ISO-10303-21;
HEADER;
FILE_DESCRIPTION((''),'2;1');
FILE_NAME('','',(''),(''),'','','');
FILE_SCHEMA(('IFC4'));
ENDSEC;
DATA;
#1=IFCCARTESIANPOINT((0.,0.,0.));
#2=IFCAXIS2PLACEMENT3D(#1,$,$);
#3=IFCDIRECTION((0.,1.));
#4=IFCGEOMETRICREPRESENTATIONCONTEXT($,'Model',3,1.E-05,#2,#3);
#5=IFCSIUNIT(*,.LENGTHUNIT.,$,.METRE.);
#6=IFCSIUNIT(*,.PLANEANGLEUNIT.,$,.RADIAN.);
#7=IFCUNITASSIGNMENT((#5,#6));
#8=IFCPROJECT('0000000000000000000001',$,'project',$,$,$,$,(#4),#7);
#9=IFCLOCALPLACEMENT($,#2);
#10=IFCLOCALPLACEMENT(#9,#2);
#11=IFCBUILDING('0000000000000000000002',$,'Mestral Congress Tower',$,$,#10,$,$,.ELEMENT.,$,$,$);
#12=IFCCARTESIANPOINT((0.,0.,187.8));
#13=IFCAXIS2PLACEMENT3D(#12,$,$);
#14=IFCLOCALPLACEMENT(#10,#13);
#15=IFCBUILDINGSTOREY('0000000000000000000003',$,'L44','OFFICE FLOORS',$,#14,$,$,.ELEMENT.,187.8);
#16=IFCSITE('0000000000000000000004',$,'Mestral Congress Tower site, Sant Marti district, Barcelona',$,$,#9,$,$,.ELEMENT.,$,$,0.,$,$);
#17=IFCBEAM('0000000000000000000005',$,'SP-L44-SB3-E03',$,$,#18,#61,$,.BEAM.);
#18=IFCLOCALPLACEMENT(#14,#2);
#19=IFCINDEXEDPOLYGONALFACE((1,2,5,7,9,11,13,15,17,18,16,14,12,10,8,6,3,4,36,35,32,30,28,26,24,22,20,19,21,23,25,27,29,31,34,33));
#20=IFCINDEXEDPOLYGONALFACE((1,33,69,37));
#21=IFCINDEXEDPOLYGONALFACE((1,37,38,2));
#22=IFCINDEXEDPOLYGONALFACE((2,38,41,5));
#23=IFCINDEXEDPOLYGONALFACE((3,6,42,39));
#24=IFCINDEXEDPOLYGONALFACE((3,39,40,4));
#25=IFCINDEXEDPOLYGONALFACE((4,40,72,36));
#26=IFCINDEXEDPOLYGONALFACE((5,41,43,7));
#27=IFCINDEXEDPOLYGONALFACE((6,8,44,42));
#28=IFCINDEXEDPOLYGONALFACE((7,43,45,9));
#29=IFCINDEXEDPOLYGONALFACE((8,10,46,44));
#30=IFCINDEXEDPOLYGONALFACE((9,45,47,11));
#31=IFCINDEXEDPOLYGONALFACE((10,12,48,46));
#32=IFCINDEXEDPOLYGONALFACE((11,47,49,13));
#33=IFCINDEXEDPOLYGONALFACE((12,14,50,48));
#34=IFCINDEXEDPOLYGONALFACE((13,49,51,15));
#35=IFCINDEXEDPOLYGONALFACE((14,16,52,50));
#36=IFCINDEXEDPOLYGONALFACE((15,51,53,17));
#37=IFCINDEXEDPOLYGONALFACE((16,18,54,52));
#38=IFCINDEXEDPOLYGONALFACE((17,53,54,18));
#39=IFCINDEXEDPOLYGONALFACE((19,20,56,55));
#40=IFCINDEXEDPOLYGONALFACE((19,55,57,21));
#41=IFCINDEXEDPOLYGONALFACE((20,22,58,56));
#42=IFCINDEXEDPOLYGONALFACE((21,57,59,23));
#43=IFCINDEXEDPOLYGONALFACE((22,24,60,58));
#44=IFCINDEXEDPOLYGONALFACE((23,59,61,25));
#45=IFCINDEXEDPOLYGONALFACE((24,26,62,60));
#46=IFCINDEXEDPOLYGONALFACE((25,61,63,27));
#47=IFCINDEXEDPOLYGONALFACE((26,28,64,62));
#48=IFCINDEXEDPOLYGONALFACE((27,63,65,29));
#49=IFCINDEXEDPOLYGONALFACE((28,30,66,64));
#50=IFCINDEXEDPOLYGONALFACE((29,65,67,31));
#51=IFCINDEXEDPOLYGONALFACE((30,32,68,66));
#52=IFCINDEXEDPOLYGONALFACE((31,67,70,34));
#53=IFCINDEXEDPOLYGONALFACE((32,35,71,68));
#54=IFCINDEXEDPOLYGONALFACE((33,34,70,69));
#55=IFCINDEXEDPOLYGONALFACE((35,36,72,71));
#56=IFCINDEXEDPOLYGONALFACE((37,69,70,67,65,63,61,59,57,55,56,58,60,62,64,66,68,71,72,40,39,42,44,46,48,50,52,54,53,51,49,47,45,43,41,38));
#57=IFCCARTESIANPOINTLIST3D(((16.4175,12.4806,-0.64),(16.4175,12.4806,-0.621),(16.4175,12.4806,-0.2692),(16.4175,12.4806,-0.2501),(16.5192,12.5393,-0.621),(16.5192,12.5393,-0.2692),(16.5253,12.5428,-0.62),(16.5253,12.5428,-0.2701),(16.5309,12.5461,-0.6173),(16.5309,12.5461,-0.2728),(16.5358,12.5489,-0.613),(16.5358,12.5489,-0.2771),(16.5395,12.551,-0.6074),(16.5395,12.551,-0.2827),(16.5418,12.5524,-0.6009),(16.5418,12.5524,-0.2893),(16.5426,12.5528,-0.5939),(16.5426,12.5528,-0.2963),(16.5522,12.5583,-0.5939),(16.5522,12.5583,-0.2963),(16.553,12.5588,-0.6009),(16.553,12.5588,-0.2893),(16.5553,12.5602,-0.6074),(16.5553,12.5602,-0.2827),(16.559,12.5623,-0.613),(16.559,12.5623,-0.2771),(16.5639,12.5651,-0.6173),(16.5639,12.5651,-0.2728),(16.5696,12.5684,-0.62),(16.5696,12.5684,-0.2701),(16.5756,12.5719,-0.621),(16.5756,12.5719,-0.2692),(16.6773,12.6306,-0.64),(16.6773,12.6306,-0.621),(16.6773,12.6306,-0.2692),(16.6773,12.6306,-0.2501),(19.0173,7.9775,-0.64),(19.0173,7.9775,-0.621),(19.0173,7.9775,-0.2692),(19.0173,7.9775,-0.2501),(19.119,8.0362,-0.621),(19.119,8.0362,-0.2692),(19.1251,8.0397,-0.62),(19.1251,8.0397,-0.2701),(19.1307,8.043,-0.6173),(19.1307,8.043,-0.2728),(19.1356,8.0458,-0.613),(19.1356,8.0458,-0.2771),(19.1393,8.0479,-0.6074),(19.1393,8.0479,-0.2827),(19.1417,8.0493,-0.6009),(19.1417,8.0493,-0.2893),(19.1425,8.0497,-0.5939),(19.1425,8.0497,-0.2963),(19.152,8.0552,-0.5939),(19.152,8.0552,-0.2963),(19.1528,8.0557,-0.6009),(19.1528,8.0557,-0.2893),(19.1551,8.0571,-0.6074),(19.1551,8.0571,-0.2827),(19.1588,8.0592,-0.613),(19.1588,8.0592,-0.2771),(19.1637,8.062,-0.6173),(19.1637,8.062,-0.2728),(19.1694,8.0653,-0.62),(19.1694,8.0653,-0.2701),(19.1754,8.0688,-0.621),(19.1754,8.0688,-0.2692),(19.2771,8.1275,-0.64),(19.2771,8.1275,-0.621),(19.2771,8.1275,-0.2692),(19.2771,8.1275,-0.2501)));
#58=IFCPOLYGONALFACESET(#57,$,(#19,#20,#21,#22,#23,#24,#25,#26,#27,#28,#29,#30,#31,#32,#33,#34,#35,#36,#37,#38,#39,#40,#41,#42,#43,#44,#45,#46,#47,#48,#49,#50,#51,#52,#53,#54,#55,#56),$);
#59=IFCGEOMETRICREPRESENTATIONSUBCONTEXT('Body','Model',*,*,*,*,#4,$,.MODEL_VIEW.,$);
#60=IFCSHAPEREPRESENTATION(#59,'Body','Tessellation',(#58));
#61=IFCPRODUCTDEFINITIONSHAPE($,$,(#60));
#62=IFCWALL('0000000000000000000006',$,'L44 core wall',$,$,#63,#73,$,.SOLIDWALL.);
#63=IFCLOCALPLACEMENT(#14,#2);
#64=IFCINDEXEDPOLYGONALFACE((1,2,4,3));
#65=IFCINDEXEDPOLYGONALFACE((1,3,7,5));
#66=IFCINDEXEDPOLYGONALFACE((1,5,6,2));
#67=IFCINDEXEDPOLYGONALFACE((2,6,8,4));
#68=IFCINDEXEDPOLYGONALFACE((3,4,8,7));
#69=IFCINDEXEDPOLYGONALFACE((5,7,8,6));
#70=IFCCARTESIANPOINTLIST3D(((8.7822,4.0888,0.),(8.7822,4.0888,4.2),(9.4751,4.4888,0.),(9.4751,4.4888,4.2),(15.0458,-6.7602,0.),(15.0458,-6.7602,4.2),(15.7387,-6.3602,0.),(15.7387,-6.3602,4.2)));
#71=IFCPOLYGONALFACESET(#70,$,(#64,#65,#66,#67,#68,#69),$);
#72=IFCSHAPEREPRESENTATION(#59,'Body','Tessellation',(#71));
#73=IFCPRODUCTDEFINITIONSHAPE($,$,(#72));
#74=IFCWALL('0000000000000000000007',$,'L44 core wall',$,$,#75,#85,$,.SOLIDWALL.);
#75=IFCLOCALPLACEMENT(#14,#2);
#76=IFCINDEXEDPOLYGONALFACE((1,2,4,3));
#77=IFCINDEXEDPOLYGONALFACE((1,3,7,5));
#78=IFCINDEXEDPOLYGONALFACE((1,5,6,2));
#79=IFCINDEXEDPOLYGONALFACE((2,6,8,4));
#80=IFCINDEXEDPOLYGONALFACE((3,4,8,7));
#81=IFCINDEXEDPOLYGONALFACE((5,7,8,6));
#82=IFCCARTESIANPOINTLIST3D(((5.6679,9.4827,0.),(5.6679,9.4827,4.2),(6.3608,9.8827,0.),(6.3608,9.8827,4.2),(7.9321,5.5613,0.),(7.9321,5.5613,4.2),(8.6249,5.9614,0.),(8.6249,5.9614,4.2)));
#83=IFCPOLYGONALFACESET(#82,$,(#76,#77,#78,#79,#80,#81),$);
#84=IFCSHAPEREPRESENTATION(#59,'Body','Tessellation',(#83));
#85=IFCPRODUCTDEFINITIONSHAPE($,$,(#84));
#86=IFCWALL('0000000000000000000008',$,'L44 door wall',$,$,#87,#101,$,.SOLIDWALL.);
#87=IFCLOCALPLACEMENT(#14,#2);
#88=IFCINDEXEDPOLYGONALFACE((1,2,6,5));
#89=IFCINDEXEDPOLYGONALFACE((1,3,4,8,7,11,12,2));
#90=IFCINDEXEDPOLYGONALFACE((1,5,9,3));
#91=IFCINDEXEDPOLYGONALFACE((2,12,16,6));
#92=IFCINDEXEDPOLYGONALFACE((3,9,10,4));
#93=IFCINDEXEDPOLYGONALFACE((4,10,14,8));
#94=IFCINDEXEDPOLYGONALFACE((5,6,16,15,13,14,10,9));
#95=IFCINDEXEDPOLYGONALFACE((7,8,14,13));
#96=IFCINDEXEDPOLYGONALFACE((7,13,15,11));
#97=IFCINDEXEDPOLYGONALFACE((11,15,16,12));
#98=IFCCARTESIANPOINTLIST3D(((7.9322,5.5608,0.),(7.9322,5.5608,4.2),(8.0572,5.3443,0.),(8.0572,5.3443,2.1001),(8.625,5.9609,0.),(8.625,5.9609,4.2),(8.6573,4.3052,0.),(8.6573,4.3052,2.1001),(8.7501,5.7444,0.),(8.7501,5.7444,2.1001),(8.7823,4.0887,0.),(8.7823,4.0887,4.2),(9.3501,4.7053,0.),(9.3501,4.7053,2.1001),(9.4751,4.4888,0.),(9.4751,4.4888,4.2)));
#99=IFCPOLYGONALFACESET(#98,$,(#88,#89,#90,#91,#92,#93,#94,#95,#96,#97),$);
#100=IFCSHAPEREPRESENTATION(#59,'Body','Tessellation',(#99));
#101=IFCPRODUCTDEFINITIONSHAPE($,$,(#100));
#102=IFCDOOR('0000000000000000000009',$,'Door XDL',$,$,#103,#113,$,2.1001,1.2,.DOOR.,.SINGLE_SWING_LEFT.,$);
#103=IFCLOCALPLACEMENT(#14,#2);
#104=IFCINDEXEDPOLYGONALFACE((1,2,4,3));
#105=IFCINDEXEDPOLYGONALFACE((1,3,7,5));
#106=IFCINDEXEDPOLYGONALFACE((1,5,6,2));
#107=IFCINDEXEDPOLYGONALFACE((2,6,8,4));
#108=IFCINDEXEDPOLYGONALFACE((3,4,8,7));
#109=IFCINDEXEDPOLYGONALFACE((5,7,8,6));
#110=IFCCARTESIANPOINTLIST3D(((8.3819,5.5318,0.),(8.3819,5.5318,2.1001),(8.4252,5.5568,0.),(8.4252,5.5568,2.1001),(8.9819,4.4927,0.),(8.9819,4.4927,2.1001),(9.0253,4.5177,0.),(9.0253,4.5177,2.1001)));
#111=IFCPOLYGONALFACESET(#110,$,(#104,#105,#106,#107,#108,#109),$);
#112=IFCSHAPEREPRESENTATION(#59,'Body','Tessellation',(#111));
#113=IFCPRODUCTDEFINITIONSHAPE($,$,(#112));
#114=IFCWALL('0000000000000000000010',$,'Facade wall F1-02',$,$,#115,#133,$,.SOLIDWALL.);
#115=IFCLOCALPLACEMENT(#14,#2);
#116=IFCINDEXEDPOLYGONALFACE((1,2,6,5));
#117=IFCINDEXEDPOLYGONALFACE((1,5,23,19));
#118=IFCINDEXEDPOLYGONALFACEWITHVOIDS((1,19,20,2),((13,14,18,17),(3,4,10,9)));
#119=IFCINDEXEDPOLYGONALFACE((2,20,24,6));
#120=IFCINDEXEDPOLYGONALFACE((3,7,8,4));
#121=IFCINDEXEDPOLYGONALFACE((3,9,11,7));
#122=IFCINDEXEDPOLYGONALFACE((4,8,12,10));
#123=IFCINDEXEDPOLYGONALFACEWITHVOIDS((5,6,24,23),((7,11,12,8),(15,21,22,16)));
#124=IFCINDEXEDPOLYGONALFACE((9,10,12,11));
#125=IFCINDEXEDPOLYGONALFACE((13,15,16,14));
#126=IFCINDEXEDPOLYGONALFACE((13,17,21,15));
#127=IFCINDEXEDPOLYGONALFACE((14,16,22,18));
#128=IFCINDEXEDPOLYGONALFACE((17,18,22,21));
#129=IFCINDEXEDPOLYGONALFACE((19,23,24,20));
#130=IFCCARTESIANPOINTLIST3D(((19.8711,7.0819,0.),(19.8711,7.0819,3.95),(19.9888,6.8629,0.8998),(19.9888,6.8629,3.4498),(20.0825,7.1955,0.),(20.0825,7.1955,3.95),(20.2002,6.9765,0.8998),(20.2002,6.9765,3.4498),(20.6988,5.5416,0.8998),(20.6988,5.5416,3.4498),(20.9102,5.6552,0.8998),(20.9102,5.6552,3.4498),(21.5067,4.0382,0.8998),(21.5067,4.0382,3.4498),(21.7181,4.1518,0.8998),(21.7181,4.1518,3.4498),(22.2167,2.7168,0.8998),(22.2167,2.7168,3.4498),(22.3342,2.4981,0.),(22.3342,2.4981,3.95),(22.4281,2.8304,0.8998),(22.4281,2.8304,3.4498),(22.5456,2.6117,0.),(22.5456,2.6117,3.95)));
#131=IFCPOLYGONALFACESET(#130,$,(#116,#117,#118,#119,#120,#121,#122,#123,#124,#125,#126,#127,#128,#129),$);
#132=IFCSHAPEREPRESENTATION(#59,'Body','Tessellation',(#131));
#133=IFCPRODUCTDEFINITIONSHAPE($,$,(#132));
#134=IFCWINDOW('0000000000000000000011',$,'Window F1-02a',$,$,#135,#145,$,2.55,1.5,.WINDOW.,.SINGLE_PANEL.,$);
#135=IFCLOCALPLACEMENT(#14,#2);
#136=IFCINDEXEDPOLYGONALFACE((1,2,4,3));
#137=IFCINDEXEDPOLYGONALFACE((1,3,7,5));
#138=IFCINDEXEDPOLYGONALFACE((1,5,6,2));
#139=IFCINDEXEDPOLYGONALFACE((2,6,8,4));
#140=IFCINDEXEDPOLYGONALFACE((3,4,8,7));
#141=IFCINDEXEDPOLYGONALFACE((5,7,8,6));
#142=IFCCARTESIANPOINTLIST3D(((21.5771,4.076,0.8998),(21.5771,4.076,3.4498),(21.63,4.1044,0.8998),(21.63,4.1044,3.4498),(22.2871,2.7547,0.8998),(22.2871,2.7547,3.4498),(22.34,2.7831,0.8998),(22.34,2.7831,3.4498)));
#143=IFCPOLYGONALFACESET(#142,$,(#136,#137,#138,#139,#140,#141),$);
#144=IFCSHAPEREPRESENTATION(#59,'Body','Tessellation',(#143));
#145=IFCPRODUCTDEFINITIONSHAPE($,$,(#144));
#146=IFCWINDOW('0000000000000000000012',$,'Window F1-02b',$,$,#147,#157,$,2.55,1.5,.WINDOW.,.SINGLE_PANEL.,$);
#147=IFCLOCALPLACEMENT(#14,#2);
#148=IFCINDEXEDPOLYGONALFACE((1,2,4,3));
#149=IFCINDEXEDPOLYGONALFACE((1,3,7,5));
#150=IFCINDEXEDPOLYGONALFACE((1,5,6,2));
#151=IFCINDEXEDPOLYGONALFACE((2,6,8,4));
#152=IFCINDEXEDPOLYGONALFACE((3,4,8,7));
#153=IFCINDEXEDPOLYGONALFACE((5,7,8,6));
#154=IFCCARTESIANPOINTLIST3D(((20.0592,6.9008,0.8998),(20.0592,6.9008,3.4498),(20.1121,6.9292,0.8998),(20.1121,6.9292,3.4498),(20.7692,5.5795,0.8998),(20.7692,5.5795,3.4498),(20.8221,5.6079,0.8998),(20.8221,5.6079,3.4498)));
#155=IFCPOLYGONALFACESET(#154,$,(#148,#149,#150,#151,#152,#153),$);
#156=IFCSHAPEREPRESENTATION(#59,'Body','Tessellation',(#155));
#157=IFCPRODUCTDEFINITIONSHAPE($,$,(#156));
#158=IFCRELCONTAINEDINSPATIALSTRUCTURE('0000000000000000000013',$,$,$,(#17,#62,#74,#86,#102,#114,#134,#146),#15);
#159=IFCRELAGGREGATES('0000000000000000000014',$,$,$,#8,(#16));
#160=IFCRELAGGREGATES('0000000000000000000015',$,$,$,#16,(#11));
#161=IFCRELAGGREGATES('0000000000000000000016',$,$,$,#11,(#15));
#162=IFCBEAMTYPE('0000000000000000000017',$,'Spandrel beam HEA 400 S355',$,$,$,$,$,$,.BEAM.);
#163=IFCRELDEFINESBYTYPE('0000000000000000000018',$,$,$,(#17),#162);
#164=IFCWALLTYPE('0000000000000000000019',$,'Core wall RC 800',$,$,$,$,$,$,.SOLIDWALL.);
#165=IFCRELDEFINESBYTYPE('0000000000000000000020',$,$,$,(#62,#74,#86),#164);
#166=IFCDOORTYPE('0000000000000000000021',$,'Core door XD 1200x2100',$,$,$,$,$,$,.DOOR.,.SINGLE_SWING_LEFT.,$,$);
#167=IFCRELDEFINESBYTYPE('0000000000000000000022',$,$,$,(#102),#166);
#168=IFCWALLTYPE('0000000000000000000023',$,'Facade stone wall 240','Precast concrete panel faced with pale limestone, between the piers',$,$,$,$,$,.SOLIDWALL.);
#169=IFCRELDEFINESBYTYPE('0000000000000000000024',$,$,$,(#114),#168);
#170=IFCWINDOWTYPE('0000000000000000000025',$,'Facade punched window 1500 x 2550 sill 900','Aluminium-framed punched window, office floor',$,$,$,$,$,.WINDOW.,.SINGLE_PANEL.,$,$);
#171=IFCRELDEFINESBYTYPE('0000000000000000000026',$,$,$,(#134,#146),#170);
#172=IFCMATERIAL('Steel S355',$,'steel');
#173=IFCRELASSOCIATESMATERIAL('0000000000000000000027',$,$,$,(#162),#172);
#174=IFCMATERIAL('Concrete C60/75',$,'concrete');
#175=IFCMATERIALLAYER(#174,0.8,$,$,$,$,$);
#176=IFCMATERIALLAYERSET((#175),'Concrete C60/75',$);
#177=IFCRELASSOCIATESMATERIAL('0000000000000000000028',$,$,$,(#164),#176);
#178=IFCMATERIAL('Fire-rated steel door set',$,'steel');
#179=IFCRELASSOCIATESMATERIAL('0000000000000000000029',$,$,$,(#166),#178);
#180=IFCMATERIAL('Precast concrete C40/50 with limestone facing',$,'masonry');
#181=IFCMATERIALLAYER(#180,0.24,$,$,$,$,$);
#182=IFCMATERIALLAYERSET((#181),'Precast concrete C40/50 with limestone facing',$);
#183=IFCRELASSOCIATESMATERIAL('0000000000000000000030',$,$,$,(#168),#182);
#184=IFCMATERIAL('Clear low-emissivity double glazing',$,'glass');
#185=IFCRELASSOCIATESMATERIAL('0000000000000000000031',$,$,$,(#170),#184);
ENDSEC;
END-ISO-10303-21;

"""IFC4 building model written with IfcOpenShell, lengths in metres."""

from ifc_helpers import new_model, si_unit, direction, frame, frame_2d, origin, origin_2d, place, context, subcontext, project, spatial, rectangle, i_section, extrude, material, layer, layer_set, material_profile, profile_set, type_object, element, fill, save


model = new_model("IFC4")

# Units and contexts
model_context = context("Model", 3, precision=1e-05, world=origin(), true_north=direction((0.0, 1.0)))
body_context = subcontext(model_context, "Body", "Model", "MODEL_VIEW")
ifc_project = project(units=[si_unit("LENGTHUNIT", "METRE"), si_unit("PLANEANGLEUNIT", "RADIAN")], contexts=[model_context])

# Site, building, storey
site_placement = place(None, origin())
site = spatial("IfcSite", under=ifc_project, at=site_placement, Name="Mestral Congress Tower site, Sant Marti district, Barcelona", CompositionType="ELEMENT", RefElevation=0.0)
building_placement = place(site_placement, origin())
building = spatial("IfcBuilding", under=site, at=building_placement, Name="Mestral Congress Tower", CompositionType="ELEMENT")
storey_placement = place(building_placement, frame((0.0, 0.0, 187.8)))
storey = spatial("IfcBuildingStorey", under=building, at=storey_placement, Name="L44", Description="OFFICE FLOORS", CompositionType="ELEMENT", Elevation=187.8)

# Shared definitions
ifc_material_1 = material(Name="Concrete C60/75", Category="concrete")

# Beam
ifc_material_2 = material(Name="Steel S355", Category="steel")
ifc_material_profile_1 = material_profile(ifc_material_2, i_section(OverallWidth=0.3, OverallDepth=0.3899, WebThickness=0.011, FlangeThickness=0.019, FilletRadius=0.0271, at=origin_2d()), Name="HEA 400")
ifc_profile_set_1 = profile_set([ifc_material_profile_1], Name="Steel S355")
beam_type_1 = type_object("IfcBeamType", Name="Spandrel beam HEA 400 S355", PredefinedType="BEAM", material=ifc_profile_set_1)
for number, where, z_axis, x_axis, name in (
    (1, (19.1472, 8.0525, -0.4451), (-0.499992, 0.86603, 0.0), (-0.86603, -0.499992, 0.0), "SP-L44-SB3-E03"),
):
    element("IfcBeam", number, at=place(storey_placement, frame(where, z_axis=z_axis, x_axis=x_axis)), inside=storey, type_object=beam_type_1, Name=name, PredefinedType="BEAM", context=body_context, shape_type="SweptSolid", body=[
        extrude(i_section(OverallWidth=0.3, OverallDepth=0.3899, WebThickness=0.011, FlangeThickness=0.019, FilletRadius=0.0271, at=origin_2d()), origin(), (0.0, 0.0, 1.0), 5.1997),
    ])

# Walls
ifc_layer_1 = layer(ifc_material_1, 0.8)
ifc_layer_set_1 = layer_set([ifc_layer_1], Name="Concrete C60/75")
wall_type_1 = type_object("IfcWallType", Name="Core wall RC 800", PredefinedType="SOLIDWALL", material=ifc_layer_set_1)
wall_1_placement = place(storey_placement, frame((9.1287, 4.2888, 0.0), z_axis=(0.0, 0.0, 1.0), x_axis=(0.499996, -0.866028, 0.0)))
element("IfcWall", 2, at=wall_1_placement, inside=storey, type_object=wall_type_1, Name="L44 core wall", PredefinedType="SOLIDWALL", context=body_context, shape_type="SweptSolid", body=[
    extrude(rectangle(XDim=12.5273, YDim=0.8, at=frame_2d((6.2637, 0.0))), origin(), (0.0, 0.0, 1.0), 4.2),
])
wall_2_placement = place(storey_placement, frame((8.2786, 5.7612, 0.0), z_axis=(0.0, 0.0, 1.0), x_axis=(-0.500024, 0.866011, 0.0)))
element("IfcWall", 3, at=wall_2_placement, inside=storey, type_object=wall_type_1, Name="L44 core wall", PredefinedType="SOLIDWALL", context=body_context, shape_type="SweptSolid", body=[
    extrude(rectangle(XDim=4.5281, YDim=0.8, at=frame_2d((2.2642, 0.0))), origin(), (0.0, 0.0, 1.0), 4.2),
])

# Wall, opening, door
wall_3_placement = place(storey_placement, frame((8.2786, 5.761, 0.0), z_axis=(0.0, 0.0, 1.0), x_axis=(0.500062, -0.865989, 0.0)))
wall_3 = element("IfcWall", 4, at=wall_3_placement, inside=storey, type_object=wall_type_1, Name="L44 door wall", PredefinedType="SOLIDWALL", context=body_context, shape_type="SweptSolid", body=[
    extrude(rectangle(XDim=1.7, YDim=0.8, at=frame_2d((0.8501, 0.0))), origin(), (0.0, 0.0, 1.0), 4.2),
])
opening_1_placement = place(wall_3_placement, frame((0.25, 0.0, 0.0)))
opening_1 = element("IfcOpeningElement", 5, at=opening_1_placement, cuts=wall_3, PredefinedType="OPENING", context=body_context, shape_type="SweptSolid", body=[
    extrude(rectangle(XDim=1.2, YDim=2.1001, at=frame_2d((0.6001, 1.05))), frame((0.0, 0.4099, 0.0), z_axis=(0.0, -1.0, 0.0), x_axis=(1.0, 0.0, 0.0)), (0.0, 0.0, 1.0), 0.8201),
])
ifc_material_3 = material(Name="Fire-rated steel door set", Category="steel")
door_type = type_object("IfcDoorType", Name="Core door XD 1200x2100", OperationType="SINGLE_SWING_LEFT", PredefinedType="DOOR", material=ifc_material_3)
door_placement = place(opening_1_placement, origin())
door = element("IfcDoor", 6, at=door_placement, inside=storey, type_object=door_type, Name="Door XDL", OperationType="SINGLE_SWING_LEFT", OverallHeight=2.1001, OverallWidth=1.2, PredefinedType="DOOR", context=body_context, shape_type="SweptSolid", body=[
    extrude(rectangle(XDim=1.2, YDim=2.1001, at=frame_2d((0.6001, 1.05))), frame((0.0, 0.0249, 0.0), z_axis=(0.0, -1.0, 0.0), x_axis=(1.0, 0.0, 0.0)), (0.0, 0.0, 1.0), 0.05),
])
fill(opening_1, door)

# Wall, openings, windows
ifc_material_4 = material(Name="Precast concrete C40/50 with limestone facing", Category="masonry")
ifc_layer_2 = layer(ifc_material_4, 0.24)
ifc_layer_set_2 = layer_set([ifc_layer_2], Name="Precast concrete C40/50 with limestone facing")
wall_type_2 = type_object("IfcWallType", Name="Facade stone wall 240", Description="Precast concrete panel faced with pale limestone, between the piers", PredefinedType="SOLIDWALL", material=ifc_layer_set_2)
wall_4_placement = place(storey_placement, frame((22.4399, 2.5549, 0.0), z_axis=(0.0, 0.0, 1.0), x_axis=(-0.47335, 0.880875, 0.0)))
wall_4 = element("IfcWall", 7, at=wall_4_placement, inside=storey, type_object=wall_type_2, Name="Facade wall F1-02", PredefinedType="SOLIDWALL", context=body_context, shape_type="SweptSolid", body=[
    extrude(rectangle(XDim=5.2036, YDim=0.24, at=frame_2d((2.6018, 0.0))), origin(), (0.0, 0.0, 1.0), 3.95),
])
opening_2_placement = place(wall_4_placement, frame((0.2483, 0.0, 0.8999)))
opening_2 = element("IfcOpeningElement", 8, at=opening_2_placement, cuts=wall_4, PredefinedType="OPENING", context=body_context, shape_type="SweptSolid", body=[
    extrude(rectangle(XDim=1.5, YDim=2.55, at=frame_2d((0.75, 1.2749))), frame((0.0, 0.1299, 0.0), z_axis=(0.0, -1.0, 0.0), x_axis=(1.0, 0.0, 0.0)), (0.0, 0.0, 1.0), 0.26),
])
opening_3_placement = place(wall_4_placement, frame((3.4551, 0.0, 0.8999)))
opening_3 = element("IfcOpeningElement", 9, at=opening_3_placement, cuts=wall_4, PredefinedType="OPENING", context=body_context, shape_type="SweptSolid", body=[
    extrude(rectangle(XDim=1.5, YDim=2.55, at=frame_2d((0.75, 1.2749))), frame((0.0, 0.1299, 0.0), z_axis=(0.0, -1.0, 0.0), x_axis=(1.0, 0.0, 0.0)), (0.0, 0.0, 1.0), 0.26),
])
ifc_material_5 = material(Name="Clear low-emissivity double glazing", Category="glass")
window_type = type_object("IfcWindowType", Name="Facade punched window 1500 x 2550 sill 900", Description="Aluminium-framed punched window, office floor", PartitioningType="SINGLE_PANEL", PredefinedType="WINDOW", material=ifc_material_5)
window_1_placement = place(opening_2_placement, origin())
window_1 = element("IfcWindow", 10, at=window_1_placement, inside=storey, type_object=window_type, Name="Window F1-02a", OverallHeight=2.55, OverallWidth=1.5, PartitioningType="SINGLE_PANEL", PredefinedType="WINDOW", context=body_context, shape_type="SweptSolid", body=[
    extrude(rectangle(XDim=1.5, YDim=2.55, at=frame_2d((0.75, 1.2749))), frame((0.0, 0.04, 0.0), z_axis=(0.0, -1.0, 0.0), x_axis=(1.0, 0.0, 0.0)), (0.0, 0.0, 1.0), 0.0601),
])
fill(opening_2, window_1)
window_2_placement = place(opening_3_placement, origin())
window_2 = element("IfcWindow", 11, at=window_2_placement, inside=storey, type_object=window_type, Name="Window F1-02b", OverallHeight=2.55, OverallWidth=1.5, PartitioningType="SINGLE_PANEL", PredefinedType="WINDOW", context=body_context, shape_type="SweptSolid", body=[
    extrude(rectangle(XDim=1.5, YDim=2.55, at=frame_2d((0.75, 1.2749))), frame((0.0, 0.04, 0.0), z_axis=(0.0, -1.0, 0.0), x_axis=(1.0, 0.0, 0.0)), (0.0, 0.0, 1.0), 0.0601),
])
fill(opening_3, window_2)

save(model, "model.ifc")
